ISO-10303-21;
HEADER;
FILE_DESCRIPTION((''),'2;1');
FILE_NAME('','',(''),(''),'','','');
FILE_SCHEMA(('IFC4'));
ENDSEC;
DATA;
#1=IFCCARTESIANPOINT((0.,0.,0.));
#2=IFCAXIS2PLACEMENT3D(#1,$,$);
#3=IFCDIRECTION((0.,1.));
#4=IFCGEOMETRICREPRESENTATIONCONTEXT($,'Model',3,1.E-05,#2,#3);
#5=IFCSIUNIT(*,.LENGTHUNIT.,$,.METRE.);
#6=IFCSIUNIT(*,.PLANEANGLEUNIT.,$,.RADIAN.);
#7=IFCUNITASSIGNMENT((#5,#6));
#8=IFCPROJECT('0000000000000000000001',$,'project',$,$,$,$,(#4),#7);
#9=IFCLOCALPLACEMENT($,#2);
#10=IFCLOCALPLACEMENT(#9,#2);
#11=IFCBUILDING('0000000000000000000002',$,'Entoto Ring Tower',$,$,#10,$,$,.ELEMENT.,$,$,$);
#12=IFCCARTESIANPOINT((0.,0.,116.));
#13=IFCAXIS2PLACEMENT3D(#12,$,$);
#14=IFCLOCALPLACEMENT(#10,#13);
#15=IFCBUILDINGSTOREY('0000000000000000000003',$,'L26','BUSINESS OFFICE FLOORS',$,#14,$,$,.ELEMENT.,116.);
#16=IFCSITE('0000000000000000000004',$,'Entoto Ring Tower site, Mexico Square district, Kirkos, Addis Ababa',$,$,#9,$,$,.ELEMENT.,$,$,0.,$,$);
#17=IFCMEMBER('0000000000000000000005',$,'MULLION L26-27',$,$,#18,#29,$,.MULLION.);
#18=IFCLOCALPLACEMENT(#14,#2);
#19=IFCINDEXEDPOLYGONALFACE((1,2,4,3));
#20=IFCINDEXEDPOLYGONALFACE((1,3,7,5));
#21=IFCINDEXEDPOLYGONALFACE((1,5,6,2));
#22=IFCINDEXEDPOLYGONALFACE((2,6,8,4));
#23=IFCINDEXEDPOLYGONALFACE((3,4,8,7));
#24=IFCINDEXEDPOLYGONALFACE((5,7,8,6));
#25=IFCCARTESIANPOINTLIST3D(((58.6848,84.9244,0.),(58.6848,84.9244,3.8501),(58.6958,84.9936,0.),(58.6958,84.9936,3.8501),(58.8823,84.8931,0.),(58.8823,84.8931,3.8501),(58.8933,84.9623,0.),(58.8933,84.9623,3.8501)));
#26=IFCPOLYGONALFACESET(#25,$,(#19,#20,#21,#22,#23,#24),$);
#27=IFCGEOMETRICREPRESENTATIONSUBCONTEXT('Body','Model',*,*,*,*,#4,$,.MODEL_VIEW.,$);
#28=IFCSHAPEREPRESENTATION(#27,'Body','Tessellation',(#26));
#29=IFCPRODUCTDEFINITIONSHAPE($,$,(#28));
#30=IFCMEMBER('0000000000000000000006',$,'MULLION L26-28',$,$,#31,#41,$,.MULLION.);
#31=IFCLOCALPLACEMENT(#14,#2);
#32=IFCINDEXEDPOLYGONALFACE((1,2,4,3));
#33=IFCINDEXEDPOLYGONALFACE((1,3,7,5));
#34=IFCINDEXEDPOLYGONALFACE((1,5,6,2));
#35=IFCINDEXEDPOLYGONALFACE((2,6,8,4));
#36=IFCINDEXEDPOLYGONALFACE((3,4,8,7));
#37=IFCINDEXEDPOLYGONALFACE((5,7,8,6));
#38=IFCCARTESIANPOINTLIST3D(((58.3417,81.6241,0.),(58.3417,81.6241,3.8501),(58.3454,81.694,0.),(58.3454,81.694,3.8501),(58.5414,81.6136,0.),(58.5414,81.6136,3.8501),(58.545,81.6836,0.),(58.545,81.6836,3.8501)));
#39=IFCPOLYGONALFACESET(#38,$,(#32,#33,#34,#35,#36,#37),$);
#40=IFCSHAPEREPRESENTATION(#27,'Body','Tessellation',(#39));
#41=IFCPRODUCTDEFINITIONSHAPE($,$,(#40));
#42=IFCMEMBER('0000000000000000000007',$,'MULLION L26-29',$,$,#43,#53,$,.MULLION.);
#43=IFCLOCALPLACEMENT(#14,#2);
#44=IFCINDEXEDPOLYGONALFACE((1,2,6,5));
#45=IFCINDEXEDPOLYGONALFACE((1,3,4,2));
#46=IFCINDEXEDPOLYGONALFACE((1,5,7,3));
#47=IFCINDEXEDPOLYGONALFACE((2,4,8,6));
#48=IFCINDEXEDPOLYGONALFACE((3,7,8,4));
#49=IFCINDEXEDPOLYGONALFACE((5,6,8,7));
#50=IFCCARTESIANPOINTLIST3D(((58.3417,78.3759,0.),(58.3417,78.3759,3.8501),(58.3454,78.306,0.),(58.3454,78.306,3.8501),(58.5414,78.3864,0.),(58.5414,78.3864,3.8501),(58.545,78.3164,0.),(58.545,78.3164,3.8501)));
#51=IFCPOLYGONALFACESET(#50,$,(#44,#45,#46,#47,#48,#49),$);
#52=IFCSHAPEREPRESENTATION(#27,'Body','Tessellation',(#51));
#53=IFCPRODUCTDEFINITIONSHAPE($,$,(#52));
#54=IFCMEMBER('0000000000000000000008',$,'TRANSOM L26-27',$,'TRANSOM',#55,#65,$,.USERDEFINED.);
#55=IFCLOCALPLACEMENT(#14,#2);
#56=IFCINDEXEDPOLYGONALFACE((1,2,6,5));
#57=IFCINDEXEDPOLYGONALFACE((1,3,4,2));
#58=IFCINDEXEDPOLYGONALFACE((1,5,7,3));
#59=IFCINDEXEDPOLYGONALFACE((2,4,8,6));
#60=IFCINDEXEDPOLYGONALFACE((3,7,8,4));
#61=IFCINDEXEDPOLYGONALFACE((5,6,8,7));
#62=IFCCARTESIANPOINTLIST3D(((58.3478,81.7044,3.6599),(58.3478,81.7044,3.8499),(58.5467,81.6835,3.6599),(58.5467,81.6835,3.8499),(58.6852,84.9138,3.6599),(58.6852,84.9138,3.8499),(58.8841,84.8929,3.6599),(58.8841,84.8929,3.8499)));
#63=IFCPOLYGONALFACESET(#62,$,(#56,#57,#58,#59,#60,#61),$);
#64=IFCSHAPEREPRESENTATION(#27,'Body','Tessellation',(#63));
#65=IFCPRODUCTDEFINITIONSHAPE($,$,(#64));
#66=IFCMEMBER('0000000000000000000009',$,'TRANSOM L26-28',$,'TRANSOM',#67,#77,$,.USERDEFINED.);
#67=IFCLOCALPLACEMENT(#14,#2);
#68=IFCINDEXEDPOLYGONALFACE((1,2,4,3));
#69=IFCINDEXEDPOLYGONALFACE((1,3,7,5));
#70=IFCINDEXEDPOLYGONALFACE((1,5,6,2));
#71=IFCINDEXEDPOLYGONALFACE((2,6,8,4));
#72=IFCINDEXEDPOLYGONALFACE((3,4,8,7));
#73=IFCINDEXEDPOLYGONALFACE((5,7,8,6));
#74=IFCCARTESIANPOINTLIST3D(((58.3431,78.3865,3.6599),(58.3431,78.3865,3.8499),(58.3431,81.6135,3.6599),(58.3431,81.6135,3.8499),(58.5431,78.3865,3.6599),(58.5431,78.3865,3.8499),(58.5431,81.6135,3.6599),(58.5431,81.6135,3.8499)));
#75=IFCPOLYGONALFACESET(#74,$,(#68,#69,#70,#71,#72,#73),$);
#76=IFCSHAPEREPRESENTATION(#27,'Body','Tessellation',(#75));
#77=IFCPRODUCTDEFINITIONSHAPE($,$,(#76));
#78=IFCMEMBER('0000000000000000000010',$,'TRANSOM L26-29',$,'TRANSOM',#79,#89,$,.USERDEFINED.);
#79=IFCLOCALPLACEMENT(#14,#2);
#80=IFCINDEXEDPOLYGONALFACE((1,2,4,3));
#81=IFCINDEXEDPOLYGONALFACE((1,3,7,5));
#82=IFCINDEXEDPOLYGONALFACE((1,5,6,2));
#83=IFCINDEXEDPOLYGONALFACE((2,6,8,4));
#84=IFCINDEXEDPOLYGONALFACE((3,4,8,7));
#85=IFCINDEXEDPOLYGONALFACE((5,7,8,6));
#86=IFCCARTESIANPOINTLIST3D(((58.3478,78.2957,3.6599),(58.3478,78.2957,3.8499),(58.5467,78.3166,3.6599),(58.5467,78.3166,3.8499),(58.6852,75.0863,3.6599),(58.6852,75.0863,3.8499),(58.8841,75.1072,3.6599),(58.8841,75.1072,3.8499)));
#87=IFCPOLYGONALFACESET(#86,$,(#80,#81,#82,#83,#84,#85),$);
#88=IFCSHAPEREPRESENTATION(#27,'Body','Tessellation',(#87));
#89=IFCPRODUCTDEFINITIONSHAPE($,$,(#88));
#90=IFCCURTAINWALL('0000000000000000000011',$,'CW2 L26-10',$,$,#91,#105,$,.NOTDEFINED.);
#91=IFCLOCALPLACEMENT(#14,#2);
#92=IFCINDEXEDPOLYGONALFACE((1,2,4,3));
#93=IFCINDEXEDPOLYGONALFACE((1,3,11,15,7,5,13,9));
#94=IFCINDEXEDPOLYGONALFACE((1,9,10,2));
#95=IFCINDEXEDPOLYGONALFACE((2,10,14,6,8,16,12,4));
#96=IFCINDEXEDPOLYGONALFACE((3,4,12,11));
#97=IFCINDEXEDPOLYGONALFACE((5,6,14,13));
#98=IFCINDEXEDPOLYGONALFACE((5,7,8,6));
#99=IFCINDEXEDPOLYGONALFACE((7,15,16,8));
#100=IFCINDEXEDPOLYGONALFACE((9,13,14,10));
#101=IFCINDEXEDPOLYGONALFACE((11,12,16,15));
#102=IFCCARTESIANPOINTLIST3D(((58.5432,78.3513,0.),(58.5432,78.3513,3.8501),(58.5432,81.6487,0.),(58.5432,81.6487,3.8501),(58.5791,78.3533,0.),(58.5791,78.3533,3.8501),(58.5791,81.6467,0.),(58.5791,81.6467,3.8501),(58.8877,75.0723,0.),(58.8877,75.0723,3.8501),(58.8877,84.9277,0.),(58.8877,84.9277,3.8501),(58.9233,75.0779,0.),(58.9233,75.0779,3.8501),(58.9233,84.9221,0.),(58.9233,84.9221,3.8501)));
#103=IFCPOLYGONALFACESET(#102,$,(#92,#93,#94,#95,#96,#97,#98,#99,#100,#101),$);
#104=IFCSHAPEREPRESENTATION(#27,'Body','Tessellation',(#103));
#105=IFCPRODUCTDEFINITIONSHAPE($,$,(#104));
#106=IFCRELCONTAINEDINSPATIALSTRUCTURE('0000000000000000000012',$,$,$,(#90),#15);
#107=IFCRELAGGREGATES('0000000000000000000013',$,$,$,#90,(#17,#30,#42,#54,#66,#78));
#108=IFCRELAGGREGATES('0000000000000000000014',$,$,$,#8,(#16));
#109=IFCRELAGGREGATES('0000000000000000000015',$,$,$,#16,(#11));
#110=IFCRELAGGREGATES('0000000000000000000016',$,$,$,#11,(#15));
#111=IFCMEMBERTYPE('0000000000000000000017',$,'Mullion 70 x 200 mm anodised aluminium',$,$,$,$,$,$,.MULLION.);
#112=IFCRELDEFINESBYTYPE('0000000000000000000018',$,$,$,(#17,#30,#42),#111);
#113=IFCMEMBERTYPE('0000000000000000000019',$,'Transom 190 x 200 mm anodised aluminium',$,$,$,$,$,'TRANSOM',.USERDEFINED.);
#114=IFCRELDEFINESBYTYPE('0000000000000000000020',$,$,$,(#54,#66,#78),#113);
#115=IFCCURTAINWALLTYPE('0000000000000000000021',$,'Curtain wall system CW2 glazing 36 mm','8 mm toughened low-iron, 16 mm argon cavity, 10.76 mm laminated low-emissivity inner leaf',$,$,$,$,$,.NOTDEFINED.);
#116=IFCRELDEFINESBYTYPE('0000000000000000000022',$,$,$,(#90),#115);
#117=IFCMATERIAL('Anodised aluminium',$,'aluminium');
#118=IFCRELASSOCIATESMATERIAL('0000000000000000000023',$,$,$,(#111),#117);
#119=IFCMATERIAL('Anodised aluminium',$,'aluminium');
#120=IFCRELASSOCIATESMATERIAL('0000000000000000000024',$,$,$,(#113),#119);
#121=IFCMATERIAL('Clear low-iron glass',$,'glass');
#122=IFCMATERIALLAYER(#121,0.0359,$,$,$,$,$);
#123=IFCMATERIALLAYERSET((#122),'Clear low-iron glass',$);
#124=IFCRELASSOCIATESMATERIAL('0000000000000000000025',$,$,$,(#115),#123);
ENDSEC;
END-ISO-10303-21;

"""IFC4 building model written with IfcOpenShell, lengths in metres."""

from ifc_helpers import new_model, si_unit, direction, frame, origin, origin_2d, place, context, subcontext, project, spatial, polyline, rectangle, outline, extrude, material, layer, layer_set, material_profile, profile_set, type_object, element, aggregate, save


model = new_model("IFC4")

# Units and contexts
model_context = context("Model", 3, precision=1e-05, world=origin(), true_north=direction((0.0, 1.0)))
body_context = subcontext(model_context, "Body", "Model", "MODEL_VIEW")
ifc_project = project(units=[si_unit("LENGTHUNIT", "METRE"), si_unit("PLANEANGLEUNIT", "RADIAN")], contexts=[model_context])

# Members
ifc_material_1 = material(Name="Anodised aluminium", Category="aluminium")
ifc_material_profile_1 = material_profile(ifc_material_1, rectangle(XDim=0.0701, YDim=0.2, at=origin_2d()), Name="Mullion 70 x 200 mm anodised aluminium")
ifc_profile_set_1 = profile_set([ifc_material_profile_1], Name="Anodised aluminium")
member_type_1 = type_object("IfcMemberType", Name="Mullion 70 x 200 mm anodised aluminium", PredefinedType="MULLION", material=ifc_profile_set_1)
site_placement = place(None, origin())
building_placement = place(site_placement, origin())
storey_placement = place(building_placement, frame((0.0, 0.0, 116.0)))
member_1_placement = place(storey_placement, frame((58.7891, 84.9434, 0.0), z_axis=(0.0, 0.0, 1.0), x_axis=(-0.156434, -0.987688, 0.0)))
member_1 = element("IfcMember", 1, at=member_1_placement, type_object=member_type_1, Name="MULLION L26-27", PredefinedType="MULLION", context=body_context, shape_type="SweptSolid", body=[
    extrude(rectangle(XDim=0.0701, YDim=0.2, at=origin_2d()), origin(), (0.0, 0.0, 1.0), 3.8501),
])
member_2_placement = place(storey_placement, frame((58.4434, 81.6538, 0.0), z_axis=(0.0, 0.0, 1.0), x_axis=(-0.052336, -0.99863, 0.0)))
member_2 = element("IfcMember", 2, at=member_2_placement, type_object=member_type_1, Name="MULLION L26-28", PredefinedType="MULLION", context=body_context, shape_type="SweptSolid", body=[
    extrude(rectangle(XDim=0.0701, YDim=0.2, at=origin_2d()), origin(), (0.0, 0.0, 1.0), 3.8501),
])
member_3_placement = place(storey_placement, frame((58.4434, 78.3462, 0.0), z_axis=(0.0, 0.0, 1.0), x_axis=(0.052336, -0.99863, 0.0)))
member_3 = element("IfcMember", 3, at=member_3_placement, type_object=member_type_1, Name="MULLION L26-29", PredefinedType="MULLION", context=body_context, shape_type="SweptSolid", body=[
    extrude(rectangle(XDim=0.0701, YDim=0.2, at=origin_2d()), origin(), (0.0, 0.0, 1.0), 3.8501),
])
ifc_material_2 = material(Name="Anodised aluminium", Category="aluminium")
ifc_material_profile_2 = material_profile(ifc_material_2, rectangle(XDim=0.2, YDim=0.1899, at=origin_2d()), Name="Transom 190 x 200 mm anodised aluminium")
ifc_profile_set_2 = profile_set([ifc_material_profile_2], Name="Anodised aluminium")
member_type_2 = type_object("IfcMemberType", Name="Transom 190 x 200 mm anodised aluminium", ElementType="TRANSOM", PredefinedType="USERDEFINED", material=ifc_profile_set_2)
member_4_placement = place(storey_placement, frame((58.7847, 84.9033, 3.7549), z_axis=(-0.104551, -0.99452, 0.0), x_axis=(0.99452, -0.104551, 0.0)))
member_4 = element("IfcMember", 4, at=member_4_placement, type_object=member_type_2, Name="TRANSOM L26-27", ObjectType="TRANSOM", PredefinedType="USERDEFINED", context=body_context, shape_type="SweptSolid", body=[
    extrude(rectangle(XDim=0.2, YDim=0.1899, at=origin_2d()), origin(), (0.0, 0.0, 1.0), 3.2271),
])
member_5_placement = place(storey_placement, frame((58.4431, 81.6135, 3.7549), z_axis=(0.0, -1.0, 0.0), x_axis=(1.0, 0.0, 0.0)))
member_5 = element("IfcMember", 5, at=member_5_placement, type_object=member_type_2, Name="TRANSOM L26-28", ObjectType="TRANSOM", PredefinedType="USERDEFINED", context=body_context, shape_type="SweptSolid", body=[
    extrude(rectangle(XDim=0.2, YDim=0.1899, at=origin_2d()), origin(), (0.0, 0.0, 1.0), 3.2271),
])
member_6_placement = place(storey_placement, frame((58.4473, 78.3062, 3.7549), z_axis=(0.104551, -0.99452, 0.0), x_axis=(0.99452, 0.104551, 0.0)))
member_6 = element("IfcMember", 6, at=member_6_placement, type_object=member_type_2, Name="TRANSOM L26-29", ObjectType="TRANSOM", PredefinedType="USERDEFINED", context=body_context, shape_type="SweptSolid", body=[
    extrude(rectangle(XDim=0.2, YDim=0.1899, at=origin_2d()), origin(), (0.0, 0.0, 1.0), 3.2271),
])

# Site, building, storey
site = spatial("IfcSite", under=ifc_project, at=site_placement, Name="Entoto Ring Tower site, Mexico Square district, Kirkos, Addis Ababa", CompositionType="ELEMENT", RefElevation=0.0)
building = spatial("IfcBuilding", under=site, at=building_placement, Name="Entoto Ring Tower", CompositionType="ELEMENT")
storey = spatial("IfcBuildingStorey", under=building, at=storey_placement, Name="L26", Description="BUSINESS OFFICE FLOORS", CompositionType="ELEMENT", Elevation=116.0)

# Curtain wall
ifc_material_3 = material(Name="Clear low-iron glass", Category="glass")
ifc_layer = layer(ifc_material_3, 0.0359)
ifc_layer_set = layer_set([ifc_layer], Name="Clear low-iron glass")
curtain_wall_type = type_object("IfcCurtainWallType", Name="Curtain wall system CW2 glazing 36 mm", Description="8 mm toughened low-iron, 16 mm argon cavity, 10.76 mm laminated low-emissivity inner leaf", PredefinedType="NOTDEFINED", material=ifc_layer_set)
curtain_wall_1_placement = place(storey_placement, origin())
curtain_wall_1 = element("IfcCurtainWall", 7, at=curtain_wall_1_placement, inside=storey, type_object=curtain_wall_type, Name="CW2 L26-10", PredefinedType="NOTDEFINED", context=body_context, shape_type="SweptSolid", body=[
    extrude(outline(polyline([(58.8877, 84.9277), (58.5432, 81.6487), (58.5432, 78.3513), (58.8877, 75.0723), (58.9233, 75.0779), (58.5791, 78.3533), (58.5791, 81.6467), (58.9233, 84.9221), (58.8877, 84.9277)])), origin(), (0.0, 0.0, 1.0), 3.8501),
])
aggregate(curtain_wall_1, [member_1, member_2, member_3, member_4, member_5, member_6])

save(model, "model.ifc")
